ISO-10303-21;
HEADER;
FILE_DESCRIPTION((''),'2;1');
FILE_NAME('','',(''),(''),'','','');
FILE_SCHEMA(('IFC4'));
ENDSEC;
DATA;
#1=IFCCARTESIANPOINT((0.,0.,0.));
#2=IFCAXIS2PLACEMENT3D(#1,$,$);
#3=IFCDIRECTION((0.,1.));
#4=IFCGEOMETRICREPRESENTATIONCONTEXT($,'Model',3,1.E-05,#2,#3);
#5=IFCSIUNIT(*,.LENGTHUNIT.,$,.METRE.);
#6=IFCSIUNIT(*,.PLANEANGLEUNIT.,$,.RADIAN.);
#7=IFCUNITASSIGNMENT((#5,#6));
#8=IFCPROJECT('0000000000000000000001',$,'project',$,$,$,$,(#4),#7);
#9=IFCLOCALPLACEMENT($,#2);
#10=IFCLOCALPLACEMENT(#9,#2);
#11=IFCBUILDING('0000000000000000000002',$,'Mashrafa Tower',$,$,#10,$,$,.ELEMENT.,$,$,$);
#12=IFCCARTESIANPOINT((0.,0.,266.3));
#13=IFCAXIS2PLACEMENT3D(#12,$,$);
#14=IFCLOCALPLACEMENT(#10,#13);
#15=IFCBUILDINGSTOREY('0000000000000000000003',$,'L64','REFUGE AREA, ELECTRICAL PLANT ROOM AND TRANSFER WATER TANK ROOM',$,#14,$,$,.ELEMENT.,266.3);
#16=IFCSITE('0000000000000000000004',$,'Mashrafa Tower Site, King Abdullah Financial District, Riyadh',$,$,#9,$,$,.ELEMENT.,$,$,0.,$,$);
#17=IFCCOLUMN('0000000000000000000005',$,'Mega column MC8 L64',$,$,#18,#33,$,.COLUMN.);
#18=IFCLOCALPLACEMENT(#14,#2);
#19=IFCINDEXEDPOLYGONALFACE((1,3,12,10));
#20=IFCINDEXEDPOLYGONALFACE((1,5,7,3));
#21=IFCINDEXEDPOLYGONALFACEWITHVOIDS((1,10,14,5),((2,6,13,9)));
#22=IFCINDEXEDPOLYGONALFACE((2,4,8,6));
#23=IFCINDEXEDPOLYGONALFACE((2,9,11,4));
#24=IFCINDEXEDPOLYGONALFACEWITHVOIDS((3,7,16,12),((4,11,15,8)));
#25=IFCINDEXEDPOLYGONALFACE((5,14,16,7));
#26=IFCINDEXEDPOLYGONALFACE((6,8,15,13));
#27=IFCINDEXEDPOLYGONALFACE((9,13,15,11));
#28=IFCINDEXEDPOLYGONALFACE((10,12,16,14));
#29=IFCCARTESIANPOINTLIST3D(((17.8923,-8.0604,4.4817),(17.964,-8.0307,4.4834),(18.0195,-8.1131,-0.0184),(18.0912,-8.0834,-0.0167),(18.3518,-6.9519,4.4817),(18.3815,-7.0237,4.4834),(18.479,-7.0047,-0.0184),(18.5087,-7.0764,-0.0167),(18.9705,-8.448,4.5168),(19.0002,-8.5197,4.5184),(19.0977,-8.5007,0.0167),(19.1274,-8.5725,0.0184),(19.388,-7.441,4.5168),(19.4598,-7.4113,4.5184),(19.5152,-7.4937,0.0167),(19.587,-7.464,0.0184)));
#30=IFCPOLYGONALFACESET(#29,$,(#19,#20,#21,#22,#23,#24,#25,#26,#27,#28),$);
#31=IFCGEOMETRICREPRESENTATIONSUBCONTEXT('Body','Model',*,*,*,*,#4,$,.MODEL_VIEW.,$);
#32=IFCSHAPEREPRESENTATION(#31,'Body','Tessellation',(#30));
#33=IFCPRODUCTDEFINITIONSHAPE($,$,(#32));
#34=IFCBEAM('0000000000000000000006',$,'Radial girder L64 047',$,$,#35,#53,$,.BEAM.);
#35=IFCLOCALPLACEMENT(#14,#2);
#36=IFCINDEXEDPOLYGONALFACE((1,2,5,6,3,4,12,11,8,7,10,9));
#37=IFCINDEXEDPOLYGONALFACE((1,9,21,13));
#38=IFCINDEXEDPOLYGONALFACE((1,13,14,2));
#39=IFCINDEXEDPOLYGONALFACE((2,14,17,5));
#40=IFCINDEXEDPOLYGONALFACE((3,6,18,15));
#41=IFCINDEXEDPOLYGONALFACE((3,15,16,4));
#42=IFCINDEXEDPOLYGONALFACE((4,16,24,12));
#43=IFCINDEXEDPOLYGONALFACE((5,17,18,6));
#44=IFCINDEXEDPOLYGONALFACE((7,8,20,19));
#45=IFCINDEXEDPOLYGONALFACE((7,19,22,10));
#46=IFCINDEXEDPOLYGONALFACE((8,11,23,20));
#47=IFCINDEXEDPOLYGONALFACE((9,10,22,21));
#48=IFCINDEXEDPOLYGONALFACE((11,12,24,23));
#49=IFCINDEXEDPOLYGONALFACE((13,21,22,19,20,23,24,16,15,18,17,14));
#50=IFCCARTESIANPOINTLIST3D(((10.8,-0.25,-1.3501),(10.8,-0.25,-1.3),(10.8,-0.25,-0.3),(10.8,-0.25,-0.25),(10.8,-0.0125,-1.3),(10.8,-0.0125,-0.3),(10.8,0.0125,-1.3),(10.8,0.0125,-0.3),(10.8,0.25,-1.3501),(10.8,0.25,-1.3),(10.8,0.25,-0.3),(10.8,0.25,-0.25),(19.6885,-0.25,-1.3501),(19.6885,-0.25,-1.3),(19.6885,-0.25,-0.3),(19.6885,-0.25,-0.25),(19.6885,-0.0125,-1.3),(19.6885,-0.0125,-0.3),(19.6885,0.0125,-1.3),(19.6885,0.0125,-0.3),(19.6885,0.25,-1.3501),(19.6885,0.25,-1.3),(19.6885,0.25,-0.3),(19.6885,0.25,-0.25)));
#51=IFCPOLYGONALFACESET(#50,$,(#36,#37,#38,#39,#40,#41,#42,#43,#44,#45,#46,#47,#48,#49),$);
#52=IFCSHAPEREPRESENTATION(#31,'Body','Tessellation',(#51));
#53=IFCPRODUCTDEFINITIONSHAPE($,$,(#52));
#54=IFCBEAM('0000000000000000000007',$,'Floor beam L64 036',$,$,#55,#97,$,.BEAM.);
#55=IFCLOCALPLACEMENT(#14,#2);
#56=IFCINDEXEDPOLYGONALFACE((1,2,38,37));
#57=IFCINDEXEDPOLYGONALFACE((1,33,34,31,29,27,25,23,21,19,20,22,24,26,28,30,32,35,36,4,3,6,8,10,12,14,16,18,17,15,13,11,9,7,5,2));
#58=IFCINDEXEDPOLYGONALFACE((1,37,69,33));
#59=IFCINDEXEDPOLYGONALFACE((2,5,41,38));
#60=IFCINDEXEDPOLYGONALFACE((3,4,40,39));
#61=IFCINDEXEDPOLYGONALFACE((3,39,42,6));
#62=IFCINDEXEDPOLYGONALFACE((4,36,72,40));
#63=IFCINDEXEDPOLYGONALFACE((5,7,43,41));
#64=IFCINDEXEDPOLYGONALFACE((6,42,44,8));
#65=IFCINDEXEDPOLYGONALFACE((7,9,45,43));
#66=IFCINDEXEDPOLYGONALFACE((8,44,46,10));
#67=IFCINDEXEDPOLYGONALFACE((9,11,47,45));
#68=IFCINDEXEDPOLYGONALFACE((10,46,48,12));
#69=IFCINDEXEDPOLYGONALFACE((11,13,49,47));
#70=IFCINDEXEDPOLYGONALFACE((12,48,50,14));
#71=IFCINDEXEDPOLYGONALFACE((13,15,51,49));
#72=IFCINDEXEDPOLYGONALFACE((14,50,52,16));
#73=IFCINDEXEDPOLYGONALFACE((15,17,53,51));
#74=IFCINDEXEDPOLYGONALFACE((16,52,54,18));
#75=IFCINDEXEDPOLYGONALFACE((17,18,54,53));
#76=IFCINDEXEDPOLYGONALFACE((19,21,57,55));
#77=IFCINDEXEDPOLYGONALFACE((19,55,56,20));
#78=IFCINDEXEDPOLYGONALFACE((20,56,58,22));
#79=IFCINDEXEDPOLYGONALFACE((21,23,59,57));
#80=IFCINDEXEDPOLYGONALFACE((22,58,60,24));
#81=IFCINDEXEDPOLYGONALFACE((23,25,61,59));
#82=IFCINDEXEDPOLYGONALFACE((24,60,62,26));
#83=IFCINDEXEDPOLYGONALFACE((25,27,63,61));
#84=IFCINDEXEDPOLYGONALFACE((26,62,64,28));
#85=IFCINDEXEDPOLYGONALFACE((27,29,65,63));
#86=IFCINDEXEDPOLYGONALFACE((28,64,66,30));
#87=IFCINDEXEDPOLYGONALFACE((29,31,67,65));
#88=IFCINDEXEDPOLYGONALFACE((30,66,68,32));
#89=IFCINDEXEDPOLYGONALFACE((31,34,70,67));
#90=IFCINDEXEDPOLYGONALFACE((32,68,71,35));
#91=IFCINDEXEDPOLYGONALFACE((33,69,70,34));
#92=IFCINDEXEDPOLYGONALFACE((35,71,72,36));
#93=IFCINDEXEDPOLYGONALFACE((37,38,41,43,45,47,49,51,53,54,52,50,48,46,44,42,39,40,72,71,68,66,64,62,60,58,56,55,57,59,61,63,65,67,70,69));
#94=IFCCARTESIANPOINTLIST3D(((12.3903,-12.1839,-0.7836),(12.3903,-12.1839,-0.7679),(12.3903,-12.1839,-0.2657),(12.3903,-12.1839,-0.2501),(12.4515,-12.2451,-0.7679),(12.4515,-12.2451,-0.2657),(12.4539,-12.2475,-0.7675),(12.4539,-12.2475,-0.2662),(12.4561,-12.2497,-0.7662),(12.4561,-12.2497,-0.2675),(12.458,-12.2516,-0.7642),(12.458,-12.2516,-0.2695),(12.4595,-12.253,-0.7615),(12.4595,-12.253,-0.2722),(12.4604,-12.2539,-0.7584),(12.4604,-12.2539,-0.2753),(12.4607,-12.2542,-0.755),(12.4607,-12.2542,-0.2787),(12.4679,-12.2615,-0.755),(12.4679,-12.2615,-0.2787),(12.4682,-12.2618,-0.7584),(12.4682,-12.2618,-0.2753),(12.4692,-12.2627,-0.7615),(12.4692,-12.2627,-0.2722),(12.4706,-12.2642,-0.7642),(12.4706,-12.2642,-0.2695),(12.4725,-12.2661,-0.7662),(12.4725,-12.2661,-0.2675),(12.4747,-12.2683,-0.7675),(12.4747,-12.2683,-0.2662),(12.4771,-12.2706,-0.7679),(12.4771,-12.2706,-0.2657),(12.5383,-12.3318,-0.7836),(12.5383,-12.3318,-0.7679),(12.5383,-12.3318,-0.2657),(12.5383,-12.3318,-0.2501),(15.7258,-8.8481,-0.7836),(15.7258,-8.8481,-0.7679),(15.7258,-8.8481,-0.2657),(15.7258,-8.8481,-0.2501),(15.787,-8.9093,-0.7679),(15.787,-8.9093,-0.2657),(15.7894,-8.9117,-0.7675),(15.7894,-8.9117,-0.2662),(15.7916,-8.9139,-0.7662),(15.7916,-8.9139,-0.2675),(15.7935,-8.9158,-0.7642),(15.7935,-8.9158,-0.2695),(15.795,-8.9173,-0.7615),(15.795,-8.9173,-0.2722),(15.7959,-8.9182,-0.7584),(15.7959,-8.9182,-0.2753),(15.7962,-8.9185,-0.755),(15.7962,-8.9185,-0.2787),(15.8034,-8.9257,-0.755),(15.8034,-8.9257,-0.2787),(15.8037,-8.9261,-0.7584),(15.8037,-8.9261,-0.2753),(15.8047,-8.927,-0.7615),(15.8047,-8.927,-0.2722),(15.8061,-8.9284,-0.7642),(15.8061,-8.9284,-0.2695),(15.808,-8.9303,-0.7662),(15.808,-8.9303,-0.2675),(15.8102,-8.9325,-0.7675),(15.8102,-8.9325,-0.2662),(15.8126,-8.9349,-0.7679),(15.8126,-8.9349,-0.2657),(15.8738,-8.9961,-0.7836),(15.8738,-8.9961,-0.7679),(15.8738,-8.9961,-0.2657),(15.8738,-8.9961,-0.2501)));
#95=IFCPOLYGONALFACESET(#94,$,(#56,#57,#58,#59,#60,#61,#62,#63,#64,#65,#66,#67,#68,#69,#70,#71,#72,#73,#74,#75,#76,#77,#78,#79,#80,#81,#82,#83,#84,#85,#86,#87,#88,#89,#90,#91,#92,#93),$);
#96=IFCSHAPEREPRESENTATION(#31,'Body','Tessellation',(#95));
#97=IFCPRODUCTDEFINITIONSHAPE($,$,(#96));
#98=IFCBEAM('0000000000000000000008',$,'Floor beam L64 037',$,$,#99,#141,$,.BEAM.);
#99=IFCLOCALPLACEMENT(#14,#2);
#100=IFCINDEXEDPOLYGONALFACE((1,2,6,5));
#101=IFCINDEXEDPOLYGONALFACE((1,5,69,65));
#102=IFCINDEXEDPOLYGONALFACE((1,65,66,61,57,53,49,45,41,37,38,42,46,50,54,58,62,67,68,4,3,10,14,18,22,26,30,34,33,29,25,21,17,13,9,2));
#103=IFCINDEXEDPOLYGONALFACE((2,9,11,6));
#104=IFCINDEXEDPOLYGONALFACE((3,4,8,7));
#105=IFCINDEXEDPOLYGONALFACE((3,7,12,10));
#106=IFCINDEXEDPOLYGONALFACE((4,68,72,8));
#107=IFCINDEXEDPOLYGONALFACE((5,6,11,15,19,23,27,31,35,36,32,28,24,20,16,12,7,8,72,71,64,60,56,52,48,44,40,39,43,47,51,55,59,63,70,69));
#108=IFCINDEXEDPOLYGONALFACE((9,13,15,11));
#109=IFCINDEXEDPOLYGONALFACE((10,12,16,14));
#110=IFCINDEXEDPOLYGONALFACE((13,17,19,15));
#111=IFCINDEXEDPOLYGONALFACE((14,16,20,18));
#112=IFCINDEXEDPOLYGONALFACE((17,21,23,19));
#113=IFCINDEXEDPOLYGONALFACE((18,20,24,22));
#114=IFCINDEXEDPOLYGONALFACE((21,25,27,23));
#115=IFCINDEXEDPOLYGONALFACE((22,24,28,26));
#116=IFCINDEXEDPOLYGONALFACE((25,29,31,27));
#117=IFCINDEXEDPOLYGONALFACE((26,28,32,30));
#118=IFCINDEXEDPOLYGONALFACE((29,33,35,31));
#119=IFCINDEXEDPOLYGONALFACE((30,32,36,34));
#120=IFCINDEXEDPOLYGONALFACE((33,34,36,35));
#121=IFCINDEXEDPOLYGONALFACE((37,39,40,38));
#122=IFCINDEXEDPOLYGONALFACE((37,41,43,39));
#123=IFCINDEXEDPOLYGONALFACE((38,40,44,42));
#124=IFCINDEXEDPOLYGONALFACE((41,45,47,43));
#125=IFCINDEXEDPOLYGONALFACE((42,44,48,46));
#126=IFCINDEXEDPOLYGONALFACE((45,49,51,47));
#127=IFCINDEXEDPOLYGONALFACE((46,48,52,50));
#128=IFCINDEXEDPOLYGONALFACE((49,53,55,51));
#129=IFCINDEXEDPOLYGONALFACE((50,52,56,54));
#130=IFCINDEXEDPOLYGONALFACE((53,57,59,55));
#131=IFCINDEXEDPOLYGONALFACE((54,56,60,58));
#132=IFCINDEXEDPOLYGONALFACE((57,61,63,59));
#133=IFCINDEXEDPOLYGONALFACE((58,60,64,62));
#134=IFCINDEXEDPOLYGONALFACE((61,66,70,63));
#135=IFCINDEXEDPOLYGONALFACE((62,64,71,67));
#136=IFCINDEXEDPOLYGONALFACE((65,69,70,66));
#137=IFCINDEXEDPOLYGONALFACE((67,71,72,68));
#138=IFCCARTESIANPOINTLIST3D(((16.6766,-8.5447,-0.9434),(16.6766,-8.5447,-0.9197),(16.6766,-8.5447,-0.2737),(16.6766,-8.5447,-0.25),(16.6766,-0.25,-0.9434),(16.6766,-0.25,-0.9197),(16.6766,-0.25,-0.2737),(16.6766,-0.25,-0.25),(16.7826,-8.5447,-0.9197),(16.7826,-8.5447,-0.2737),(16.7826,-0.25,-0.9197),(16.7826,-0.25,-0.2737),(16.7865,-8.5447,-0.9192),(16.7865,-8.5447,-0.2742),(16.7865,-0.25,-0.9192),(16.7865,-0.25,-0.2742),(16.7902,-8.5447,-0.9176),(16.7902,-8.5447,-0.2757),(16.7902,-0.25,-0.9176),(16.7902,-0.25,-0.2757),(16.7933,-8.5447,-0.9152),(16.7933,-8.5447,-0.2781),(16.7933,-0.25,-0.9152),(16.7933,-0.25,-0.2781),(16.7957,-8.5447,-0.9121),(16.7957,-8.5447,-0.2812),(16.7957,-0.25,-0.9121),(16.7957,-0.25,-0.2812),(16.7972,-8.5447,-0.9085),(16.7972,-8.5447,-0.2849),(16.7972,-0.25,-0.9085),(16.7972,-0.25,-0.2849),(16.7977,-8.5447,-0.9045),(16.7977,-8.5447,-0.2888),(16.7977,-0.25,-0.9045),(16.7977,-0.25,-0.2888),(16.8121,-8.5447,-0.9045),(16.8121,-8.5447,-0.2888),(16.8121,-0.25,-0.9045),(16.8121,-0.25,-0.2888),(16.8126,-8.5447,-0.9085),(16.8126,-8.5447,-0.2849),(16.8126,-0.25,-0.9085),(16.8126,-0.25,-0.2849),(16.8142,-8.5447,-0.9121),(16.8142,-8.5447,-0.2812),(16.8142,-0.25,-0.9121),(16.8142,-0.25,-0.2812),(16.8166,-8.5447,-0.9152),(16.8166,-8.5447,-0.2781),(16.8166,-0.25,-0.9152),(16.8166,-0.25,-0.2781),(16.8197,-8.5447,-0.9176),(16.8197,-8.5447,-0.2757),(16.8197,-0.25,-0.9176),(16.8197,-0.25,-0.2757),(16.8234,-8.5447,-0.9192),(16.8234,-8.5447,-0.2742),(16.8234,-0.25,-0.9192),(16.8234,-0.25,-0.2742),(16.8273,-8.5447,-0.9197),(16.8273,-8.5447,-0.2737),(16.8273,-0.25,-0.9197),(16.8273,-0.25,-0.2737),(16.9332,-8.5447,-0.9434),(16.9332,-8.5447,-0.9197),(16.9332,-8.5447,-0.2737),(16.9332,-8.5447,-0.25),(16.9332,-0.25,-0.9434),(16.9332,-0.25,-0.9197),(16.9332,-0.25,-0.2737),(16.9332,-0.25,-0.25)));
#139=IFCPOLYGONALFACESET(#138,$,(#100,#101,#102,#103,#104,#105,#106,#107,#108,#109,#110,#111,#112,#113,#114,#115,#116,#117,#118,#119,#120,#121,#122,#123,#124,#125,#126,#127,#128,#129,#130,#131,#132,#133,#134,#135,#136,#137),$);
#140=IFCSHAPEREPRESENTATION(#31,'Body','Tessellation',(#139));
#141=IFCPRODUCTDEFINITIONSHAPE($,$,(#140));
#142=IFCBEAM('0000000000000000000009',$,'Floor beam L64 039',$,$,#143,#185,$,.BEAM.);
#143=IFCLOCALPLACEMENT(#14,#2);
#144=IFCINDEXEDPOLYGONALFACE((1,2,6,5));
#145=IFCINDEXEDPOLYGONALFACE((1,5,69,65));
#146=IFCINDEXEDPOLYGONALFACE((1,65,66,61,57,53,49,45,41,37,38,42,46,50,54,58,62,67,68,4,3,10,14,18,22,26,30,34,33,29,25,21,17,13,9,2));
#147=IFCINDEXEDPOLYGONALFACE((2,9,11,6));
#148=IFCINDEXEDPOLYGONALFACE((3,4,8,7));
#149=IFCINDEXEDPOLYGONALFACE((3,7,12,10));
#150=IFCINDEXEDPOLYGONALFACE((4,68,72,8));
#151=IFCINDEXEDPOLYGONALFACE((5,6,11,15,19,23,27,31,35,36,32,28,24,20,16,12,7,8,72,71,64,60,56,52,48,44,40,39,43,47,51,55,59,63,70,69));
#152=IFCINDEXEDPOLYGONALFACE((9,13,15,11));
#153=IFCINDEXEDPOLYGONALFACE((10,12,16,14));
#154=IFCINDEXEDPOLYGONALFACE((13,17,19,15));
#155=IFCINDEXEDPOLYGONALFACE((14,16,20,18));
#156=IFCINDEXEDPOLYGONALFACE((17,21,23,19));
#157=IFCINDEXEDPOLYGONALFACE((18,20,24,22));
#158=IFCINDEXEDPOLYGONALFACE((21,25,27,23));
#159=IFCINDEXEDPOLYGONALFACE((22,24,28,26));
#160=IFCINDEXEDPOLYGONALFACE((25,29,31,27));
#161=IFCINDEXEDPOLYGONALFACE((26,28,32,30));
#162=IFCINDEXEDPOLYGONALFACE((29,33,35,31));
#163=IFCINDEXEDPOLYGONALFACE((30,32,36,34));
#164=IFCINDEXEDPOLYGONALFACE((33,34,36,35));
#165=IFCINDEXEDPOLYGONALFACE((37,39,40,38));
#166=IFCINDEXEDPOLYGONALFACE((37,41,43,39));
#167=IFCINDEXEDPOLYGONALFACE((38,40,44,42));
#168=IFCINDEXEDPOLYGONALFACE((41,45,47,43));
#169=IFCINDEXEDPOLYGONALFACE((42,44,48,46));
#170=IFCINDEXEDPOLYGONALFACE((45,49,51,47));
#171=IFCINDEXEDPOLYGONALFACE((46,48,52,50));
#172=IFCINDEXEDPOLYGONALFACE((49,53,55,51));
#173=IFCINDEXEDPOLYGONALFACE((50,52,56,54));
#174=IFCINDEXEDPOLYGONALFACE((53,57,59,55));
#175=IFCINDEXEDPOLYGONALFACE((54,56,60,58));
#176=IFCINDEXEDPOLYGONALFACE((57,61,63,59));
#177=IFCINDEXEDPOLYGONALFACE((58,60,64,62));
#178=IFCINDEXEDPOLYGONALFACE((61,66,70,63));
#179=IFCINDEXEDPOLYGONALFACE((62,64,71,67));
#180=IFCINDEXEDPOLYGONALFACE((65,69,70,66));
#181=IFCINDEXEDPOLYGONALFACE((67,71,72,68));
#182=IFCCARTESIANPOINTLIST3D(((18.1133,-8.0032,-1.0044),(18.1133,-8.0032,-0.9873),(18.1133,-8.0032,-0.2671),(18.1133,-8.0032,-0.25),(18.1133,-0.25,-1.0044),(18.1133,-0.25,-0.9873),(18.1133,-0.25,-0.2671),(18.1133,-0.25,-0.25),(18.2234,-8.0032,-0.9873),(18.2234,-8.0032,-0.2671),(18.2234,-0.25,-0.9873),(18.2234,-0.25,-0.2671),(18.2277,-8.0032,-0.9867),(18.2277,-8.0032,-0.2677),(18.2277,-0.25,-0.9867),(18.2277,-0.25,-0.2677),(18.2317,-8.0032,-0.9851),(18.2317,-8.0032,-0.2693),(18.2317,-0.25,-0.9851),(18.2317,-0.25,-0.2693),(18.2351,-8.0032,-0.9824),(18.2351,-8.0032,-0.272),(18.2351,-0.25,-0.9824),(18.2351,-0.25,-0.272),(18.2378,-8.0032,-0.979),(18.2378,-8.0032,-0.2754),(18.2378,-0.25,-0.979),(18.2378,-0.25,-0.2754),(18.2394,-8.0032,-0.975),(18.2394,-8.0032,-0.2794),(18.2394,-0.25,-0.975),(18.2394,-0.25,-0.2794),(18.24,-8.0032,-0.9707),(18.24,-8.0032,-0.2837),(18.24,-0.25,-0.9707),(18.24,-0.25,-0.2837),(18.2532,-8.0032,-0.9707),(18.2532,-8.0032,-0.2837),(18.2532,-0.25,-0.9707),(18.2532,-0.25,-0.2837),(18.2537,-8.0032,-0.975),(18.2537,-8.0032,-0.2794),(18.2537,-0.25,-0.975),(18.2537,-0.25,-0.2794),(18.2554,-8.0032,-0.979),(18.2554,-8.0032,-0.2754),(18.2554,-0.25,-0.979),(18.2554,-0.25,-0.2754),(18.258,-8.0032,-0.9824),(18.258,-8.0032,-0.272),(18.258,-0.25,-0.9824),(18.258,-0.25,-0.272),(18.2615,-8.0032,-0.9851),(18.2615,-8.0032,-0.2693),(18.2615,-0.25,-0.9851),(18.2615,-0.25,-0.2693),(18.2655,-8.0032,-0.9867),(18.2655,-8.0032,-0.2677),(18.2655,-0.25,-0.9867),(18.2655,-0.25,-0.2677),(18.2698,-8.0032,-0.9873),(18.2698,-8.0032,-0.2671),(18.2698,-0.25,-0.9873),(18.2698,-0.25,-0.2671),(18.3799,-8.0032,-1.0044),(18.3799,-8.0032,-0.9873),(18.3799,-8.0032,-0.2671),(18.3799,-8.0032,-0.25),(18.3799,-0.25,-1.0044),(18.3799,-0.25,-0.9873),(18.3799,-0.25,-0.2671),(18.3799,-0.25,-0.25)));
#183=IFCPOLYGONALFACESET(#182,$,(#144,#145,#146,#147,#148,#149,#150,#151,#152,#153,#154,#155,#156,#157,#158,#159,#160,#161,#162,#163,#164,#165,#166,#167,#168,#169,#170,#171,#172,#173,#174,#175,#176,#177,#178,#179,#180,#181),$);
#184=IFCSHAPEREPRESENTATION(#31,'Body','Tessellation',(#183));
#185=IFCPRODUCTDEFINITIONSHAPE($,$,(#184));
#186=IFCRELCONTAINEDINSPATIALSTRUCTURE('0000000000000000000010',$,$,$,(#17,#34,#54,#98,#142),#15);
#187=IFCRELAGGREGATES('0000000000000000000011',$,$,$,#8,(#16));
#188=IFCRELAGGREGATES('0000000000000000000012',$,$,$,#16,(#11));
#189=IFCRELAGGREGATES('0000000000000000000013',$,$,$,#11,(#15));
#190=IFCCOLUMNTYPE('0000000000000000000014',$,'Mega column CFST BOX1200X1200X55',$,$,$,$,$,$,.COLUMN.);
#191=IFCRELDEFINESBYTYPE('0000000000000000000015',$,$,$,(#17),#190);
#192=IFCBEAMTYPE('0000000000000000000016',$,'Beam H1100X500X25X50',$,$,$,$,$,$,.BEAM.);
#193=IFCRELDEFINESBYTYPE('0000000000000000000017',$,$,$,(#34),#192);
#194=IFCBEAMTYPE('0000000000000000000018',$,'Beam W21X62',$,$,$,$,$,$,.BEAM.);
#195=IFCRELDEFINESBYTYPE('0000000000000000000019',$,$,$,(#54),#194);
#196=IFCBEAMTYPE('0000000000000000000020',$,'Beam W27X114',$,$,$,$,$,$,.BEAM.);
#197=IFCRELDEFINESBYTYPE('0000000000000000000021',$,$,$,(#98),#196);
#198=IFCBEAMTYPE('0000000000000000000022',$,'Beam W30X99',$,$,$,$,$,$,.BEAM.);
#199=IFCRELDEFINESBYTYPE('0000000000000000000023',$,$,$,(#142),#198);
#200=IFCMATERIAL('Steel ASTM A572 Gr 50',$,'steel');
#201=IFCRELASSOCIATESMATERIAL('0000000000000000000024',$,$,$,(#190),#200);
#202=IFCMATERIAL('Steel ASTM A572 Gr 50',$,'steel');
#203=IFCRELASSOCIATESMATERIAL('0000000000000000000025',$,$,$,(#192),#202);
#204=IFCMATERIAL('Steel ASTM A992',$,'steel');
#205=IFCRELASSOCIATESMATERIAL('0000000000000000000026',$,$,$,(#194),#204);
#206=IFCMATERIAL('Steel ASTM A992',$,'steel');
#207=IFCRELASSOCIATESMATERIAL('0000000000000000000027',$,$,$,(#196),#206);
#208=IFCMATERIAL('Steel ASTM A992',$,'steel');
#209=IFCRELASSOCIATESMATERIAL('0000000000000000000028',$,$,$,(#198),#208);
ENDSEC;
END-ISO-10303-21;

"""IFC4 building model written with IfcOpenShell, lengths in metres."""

from ifc_helpers import new_model, si_unit, direction, frame, origin, origin_2d, place, context, subcontext, project, spatial, hollow_rectangle, i_section, extrude, material, material_profile, profile_set, type_object, element, save


model = new_model("IFC4")

# Units and contexts
model_context = context("Model", 3, precision=1e-05, world=origin(), true_north=direction((0.0, 1.0)))
body_context = subcontext(model_context, "Body", "Model", "MODEL_VIEW")
ifc_project = project(units=[si_unit("LENGTHUNIT", "METRE"), si_unit("PLANEANGLEUNIT", "RADIAN")], contexts=[model_context])

# Site, building, storey
site_placement = place(None, origin())
site = spatial("IfcSite", under=ifc_project, at=site_placement, Name="Mashrafa Tower Site, King Abdullah Financial District, Riyadh", CompositionType="ELEMENT", RefElevation=0.0)
building_placement = place(site_placement, origin())
building = spatial("IfcBuilding", under=site, at=building_placement, Name="Mashrafa Tower", CompositionType="ELEMENT")
storey_placement = place(building_placement, frame((0.0, 0.0, 266.3)))
storey = spatial("IfcBuildingStorey", under=building, at=storey_placement, Name="L64", Description="REFUGE AREA, ELECTRICAL PLANT ROOM AND TRANSFER WATER TANK ROOM", CompositionType="ELEMENT", Elevation=266.3)

# Column
ifc_material_1 = material(Name="Steel ASTM A572 Gr 50", Category="steel")
ifc_material_profile_1 = material_profile(ifc_material_1, hollow_rectangle(XDim=1.2, YDim=1.2, WallThickness=0.0549, at=origin_2d()), Name="BOX1200X1200X55")
ifc_profile_set_1 = profile_set([ifc_material_profile_1], Name="Steel ASTM A572 Gr 50")
column_type = type_object("IfcColumnType", Name="Mega column CFST BOX1200X1200X55", PredefinedType="COLUMN", material=ifc_profile_set_1)
column_placement = place(storey_placement, frame((18.8032, -7.7886, 0.0), z_axis=(-0.028253, 0.011713, 0.999532), x_axis=(-0.382978, -0.923757, 0.0)))
element("IfcColumn", 1, at=column_placement, inside=storey, type_object=column_type, Name="Mega column MC8 L64", PredefinedType="COLUMN", context=body_context, shape_type="SweptSolid", body=[
    extrude(hollow_rectangle(XDim=1.2, YDim=1.2, WallThickness=0.0549, at=origin_2d()), origin(), (0.0, 0.0, 1.0), 4.5022),
])

# Beams
ifc_material_2 = material(Name="Steel ASTM A572 Gr 50", Category="steel")
ifc_material_profile_2 = material_profile(ifc_material_2, i_section(OverallWidth=0.5, OverallDepth=1.1001, WebThickness=0.0249, FlangeThickness=0.05, at=origin_2d()), Name="H1100X500X25X50")
ifc_profile_set_2 = profile_set([ifc_material_profile_2], Name="Steel ASTM A572 Gr 50")
beam_type_1 = type_object("IfcBeamType", Name="Beam H1100X500X25X50", PredefinedType="BEAM", material=ifc_profile_set_2)
beam_1_placement = place(storey_placement, frame((10.8, 0.0, -0.8), z_axis=(1.0, 0.0, 0.0), x_axis=(0.0, 1.0, 0.0)))
element("IfcBeam", 2, at=beam_1_placement, inside=storey, type_object=beam_type_1, Name="Radial girder L64 047", PredefinedType="BEAM", context=body_context, shape_type="SweptSolid", body=[
    extrude(i_section(OverallWidth=0.5, OverallDepth=1.1001, WebThickness=0.0249, FlangeThickness=0.05, at=origin_2d()), origin(), (0.0, 0.0, 1.0), 8.8884),
])
ifc_material_3 = material(Name="Steel ASTM A992", Category="steel")
ifc_material_profile_3 = material_profile(ifc_material_3, i_section(OverallWidth=0.2092, OverallDepth=0.5334, WebThickness=0.0103, FlangeThickness=0.0156, FilletRadius=0.0129, at=origin_2d()), Name="W21X62")
ifc_profile_set_3 = profile_set([ifc_material_profile_3], Name="Steel ASTM A992")
beam_type_2 = type_object("IfcBeamType", Name="Beam W21X62", PredefinedType="BEAM", material=ifc_profile_set_3)
beam_2_placement = place(storey_placement, frame((15.7998, -8.9221, -0.5168), z_axis=(-0.707081, -0.707133, 0.0), x_axis=(0.707133, -0.707081, 0.0)))
element("IfcBeam", 3, at=beam_2_placement, inside=storey, type_object=beam_type_2, Name="Floor beam L64 036", PredefinedType="BEAM", context=body_context, shape_type="SweptSolid", body=[
    extrude(i_section(OverallWidth=0.2092, OverallDepth=0.5334, WebThickness=0.0103, FlangeThickness=0.0156, FilletRadius=0.0129, at=origin_2d()), origin(), (0.0, 0.0, 1.0), 4.7173),
])
ifc_material_4 = material(Name="Steel ASTM A992", Category="steel")
ifc_material_profile_4 = material_profile(ifc_material_4, i_section(OverallWidth=0.2566, OverallDepth=0.6934, WebThickness=0.0144, FlangeThickness=0.0237, FilletRadius=0.0151, at=origin_2d()), Name="W27X114")
ifc_profile_set_4 = profile_set([ifc_material_profile_4], Name="Steel ASTM A992")
beam_type_3 = type_object("IfcBeamType", Name="Beam W27X114", PredefinedType="BEAM", material=ifc_profile_set_4)
beam_3_placement = place(storey_placement, frame((16.8049, -0.25, -0.5967), z_axis=(0.0, -1.0, 0.0), x_axis=(1.0, 0.0, 0.0)))
element("IfcBeam", 4, at=beam_3_placement, inside=storey, type_object=beam_type_3, Name="Floor beam L64 037", PredefinedType="BEAM", context=body_context, shape_type="SweptSolid", body=[
    extrude(i_section(OverallWidth=0.2566, OverallDepth=0.6934, WebThickness=0.0144, FlangeThickness=0.0237, FilletRadius=0.0151, at=origin_2d()), origin(), (0.0, 0.0, 1.0), 8.2947),
])
ifc_material_5 = material(Name="Steel ASTM A992", Category="steel")
ifc_material_profile_5 = material_profile(ifc_material_5, i_section(OverallWidth=0.2666, OverallDepth=0.7544, WebThickness=0.0132, FlangeThickness=0.0171, FilletRadius=0.0166, at=origin_2d()), Name="W30X99")
ifc_profile_set_5 = profile_set([ifc_material_profile_5], Name="Steel ASTM A992")
beam_type_4 = type_object("IfcBeamType", Name="Beam W30X99", PredefinedType="BEAM", material=ifc_profile_set_5)
beam_4_placement = place(storey_placement, frame((18.2466, -0.25, -0.6272), z_axis=(0.0, -1.0, 0.0), x_axis=(1.0, 0.0, 0.0)))
element("IfcBeam", 5, at=beam_4_placement, inside=storey, type_object=beam_type_4, Name="Floor beam L64 039", PredefinedType="BEAM", context=body_context, shape_type="SweptSolid", body=[
    extrude(i_section(OverallWidth=0.2666, OverallDepth=0.7544, WebThickness=0.0132, FlangeThickness=0.0171, FilletRadius=0.0166, at=origin_2d()), origin(), (0.0, 0.0, 1.0), 7.7532),
])

save(model, "model.ifc")
